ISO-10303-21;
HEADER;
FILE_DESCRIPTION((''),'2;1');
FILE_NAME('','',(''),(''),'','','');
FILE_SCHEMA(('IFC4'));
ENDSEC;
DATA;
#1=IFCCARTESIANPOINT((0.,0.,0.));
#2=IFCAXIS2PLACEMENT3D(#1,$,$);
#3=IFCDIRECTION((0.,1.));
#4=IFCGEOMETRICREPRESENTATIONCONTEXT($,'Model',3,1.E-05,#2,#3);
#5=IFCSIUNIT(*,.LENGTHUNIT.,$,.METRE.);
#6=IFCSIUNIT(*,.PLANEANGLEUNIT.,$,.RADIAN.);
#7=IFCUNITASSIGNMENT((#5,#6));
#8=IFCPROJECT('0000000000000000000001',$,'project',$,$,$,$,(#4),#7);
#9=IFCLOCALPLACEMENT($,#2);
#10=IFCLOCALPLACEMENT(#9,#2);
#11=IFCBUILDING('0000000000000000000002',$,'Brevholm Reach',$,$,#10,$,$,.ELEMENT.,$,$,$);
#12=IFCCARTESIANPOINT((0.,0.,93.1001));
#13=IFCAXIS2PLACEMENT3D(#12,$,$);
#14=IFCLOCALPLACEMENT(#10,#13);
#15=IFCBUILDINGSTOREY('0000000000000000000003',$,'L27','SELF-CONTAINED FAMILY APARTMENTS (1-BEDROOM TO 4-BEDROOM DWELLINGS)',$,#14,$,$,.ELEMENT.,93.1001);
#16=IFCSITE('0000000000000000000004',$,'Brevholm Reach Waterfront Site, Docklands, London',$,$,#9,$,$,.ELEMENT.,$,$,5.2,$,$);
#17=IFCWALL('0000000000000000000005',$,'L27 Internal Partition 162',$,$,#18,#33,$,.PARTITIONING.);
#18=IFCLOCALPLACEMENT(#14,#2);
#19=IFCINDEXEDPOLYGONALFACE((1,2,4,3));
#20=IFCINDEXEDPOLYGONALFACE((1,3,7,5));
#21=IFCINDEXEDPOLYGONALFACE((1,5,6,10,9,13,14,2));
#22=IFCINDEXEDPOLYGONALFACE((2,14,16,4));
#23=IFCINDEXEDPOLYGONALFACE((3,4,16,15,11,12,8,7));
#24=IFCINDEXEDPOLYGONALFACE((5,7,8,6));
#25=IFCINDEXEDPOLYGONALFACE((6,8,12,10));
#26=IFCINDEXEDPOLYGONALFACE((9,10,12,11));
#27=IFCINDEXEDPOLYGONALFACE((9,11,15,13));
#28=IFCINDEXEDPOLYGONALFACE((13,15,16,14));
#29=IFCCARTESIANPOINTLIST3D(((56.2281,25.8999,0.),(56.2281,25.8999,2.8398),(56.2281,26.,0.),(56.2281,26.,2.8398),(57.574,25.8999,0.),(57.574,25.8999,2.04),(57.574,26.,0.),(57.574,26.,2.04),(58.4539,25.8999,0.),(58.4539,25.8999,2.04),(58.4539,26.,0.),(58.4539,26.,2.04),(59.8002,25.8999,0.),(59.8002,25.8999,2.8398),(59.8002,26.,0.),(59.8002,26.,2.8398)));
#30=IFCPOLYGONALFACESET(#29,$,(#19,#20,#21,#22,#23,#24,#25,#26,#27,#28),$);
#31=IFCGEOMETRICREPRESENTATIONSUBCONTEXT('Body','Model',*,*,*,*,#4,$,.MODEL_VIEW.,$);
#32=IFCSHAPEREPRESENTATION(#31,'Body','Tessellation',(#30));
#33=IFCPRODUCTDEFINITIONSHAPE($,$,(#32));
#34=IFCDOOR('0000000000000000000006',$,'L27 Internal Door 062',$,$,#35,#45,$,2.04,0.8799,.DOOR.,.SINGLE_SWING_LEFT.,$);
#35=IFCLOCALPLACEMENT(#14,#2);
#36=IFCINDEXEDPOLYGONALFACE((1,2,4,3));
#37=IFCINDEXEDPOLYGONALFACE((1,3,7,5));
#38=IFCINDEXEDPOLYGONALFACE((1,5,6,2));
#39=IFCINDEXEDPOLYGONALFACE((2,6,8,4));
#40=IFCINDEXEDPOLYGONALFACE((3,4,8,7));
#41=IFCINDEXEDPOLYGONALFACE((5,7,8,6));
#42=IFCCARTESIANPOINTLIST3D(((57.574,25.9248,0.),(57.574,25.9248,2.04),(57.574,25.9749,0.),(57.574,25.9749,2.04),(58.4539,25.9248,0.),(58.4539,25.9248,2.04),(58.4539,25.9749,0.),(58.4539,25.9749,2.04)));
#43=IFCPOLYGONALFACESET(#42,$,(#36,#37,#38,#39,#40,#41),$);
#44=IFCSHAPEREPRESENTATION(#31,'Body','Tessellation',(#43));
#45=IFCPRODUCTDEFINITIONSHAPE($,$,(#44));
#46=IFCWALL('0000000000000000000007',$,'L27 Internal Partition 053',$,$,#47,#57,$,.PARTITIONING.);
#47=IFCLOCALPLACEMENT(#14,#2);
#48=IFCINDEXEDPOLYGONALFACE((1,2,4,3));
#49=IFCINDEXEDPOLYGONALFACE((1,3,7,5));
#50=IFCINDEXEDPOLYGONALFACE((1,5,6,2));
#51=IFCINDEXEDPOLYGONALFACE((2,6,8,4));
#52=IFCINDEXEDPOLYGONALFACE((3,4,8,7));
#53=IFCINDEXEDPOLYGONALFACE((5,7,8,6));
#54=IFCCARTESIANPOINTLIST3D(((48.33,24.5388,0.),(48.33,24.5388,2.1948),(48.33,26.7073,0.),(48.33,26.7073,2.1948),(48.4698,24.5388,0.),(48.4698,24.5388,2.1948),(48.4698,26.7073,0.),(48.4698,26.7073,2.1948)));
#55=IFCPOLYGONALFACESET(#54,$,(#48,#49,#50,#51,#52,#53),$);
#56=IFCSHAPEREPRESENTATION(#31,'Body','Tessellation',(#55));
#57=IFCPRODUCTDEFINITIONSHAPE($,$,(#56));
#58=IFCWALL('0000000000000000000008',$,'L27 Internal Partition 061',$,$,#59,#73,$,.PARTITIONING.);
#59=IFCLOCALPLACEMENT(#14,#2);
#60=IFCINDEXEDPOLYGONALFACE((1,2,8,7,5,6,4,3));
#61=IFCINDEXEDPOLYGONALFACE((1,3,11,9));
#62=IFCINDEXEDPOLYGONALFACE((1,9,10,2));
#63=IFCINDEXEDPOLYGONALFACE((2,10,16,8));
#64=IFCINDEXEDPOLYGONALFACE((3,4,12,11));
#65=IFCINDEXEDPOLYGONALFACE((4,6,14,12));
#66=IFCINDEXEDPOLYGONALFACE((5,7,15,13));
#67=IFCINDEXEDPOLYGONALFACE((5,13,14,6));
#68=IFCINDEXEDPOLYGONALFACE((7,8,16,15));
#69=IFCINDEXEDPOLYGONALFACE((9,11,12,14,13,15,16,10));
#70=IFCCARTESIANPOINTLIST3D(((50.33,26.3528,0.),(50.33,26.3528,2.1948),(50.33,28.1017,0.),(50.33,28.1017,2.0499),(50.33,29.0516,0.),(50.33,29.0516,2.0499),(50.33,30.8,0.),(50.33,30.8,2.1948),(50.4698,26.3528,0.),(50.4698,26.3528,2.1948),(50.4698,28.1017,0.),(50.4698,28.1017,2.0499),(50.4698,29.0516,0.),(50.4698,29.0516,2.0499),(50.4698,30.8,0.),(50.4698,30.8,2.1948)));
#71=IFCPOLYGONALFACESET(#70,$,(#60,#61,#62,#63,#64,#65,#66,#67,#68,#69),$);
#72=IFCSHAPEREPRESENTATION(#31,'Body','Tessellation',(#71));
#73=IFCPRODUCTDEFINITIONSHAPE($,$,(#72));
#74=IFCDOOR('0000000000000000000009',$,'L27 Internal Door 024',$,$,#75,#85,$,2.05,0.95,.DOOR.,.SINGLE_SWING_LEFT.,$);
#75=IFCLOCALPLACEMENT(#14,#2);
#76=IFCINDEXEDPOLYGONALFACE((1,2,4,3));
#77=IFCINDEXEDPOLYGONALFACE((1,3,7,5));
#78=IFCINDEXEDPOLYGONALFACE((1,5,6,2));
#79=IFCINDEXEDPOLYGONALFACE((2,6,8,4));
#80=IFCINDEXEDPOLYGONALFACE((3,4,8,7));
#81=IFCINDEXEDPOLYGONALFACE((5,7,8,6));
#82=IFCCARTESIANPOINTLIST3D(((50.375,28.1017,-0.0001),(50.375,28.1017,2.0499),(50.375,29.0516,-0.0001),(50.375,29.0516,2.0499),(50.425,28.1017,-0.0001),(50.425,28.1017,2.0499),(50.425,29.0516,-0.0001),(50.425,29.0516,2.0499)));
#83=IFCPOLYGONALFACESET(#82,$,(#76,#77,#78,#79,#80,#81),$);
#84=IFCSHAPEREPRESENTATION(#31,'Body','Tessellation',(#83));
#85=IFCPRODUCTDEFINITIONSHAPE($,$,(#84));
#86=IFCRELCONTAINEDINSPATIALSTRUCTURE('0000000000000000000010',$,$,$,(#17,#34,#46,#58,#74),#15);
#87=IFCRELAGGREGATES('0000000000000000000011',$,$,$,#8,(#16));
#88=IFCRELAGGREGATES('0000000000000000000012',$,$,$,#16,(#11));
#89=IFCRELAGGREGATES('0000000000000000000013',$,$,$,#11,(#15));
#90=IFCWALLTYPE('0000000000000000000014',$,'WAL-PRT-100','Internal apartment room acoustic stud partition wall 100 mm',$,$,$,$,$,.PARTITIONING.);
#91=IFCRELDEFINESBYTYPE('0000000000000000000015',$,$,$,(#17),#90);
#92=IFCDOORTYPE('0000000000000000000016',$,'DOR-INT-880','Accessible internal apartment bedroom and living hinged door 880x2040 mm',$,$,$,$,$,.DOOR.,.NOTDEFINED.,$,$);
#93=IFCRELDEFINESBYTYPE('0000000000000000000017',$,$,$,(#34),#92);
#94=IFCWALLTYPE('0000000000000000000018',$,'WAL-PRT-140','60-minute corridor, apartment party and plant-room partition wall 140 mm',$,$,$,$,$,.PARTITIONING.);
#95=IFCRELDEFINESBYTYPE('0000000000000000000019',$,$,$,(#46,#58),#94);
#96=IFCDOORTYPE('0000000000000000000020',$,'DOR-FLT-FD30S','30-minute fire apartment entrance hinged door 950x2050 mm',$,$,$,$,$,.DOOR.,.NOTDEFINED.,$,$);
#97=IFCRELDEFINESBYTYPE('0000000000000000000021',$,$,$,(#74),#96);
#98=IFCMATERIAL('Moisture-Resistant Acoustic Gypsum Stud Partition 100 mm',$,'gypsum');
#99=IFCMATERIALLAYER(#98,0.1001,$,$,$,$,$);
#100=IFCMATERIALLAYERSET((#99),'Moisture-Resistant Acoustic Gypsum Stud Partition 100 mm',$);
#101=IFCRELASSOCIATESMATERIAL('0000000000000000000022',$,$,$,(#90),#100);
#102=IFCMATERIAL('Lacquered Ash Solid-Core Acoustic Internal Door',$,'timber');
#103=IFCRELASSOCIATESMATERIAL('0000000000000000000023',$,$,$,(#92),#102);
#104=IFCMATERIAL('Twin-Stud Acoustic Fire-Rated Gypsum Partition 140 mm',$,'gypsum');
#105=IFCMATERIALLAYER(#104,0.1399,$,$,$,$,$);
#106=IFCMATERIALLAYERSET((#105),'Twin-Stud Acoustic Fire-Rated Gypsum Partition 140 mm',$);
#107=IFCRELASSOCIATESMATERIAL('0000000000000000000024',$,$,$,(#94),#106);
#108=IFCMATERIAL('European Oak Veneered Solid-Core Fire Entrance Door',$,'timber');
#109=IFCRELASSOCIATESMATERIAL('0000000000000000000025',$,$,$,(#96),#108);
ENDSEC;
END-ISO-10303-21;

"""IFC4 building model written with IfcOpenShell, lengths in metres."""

from ifc_helpers import new_model, si_unit, direction, frame, frame_2d, origin, place, context, subcontext, project, spatial, rectangle, extrude, material, layer, layer_set, type_object, element, fill, save


model = new_model("IFC4")

# Units and contexts
model_context = context("Model", 3, precision=1e-05, world=origin(), true_north=direction((0.0, 1.0)))
body_context = subcontext(model_context, "Body", "Model", "MODEL_VIEW")
ifc_project = project(units=[si_unit("LENGTHUNIT", "METRE"), si_unit("PLANEANGLEUNIT", "RADIAN")], contexts=[model_context])

# Site, building, storey
site_placement = place(None, origin())
site = spatial("IfcSite", under=ifc_project, at=site_placement, Name="Brevholm Reach Waterfront Site, Docklands, London", CompositionType="ELEMENT", RefElevation=5.2)
building_placement = place(site_placement, origin())
building = spatial("IfcBuilding", under=site, at=building_placement, Name="Brevholm Reach", CompositionType="ELEMENT")
storey_placement = place(building_placement, frame((0.0, 0.0, 93.1001)))
storey = spatial("IfcBuildingStorey", under=building, at=storey_placement, Name="L27", Description="SELF-CONTAINED FAMILY APARTMENTS (1-BEDROOM TO 4-BEDROOM DWELLINGS)", CompositionType="ELEMENT", Elevation=93.1001)

# Shared definitions
ifc_material_1 = material(Name="Moisture-Resistant Acoustic Gypsum Stud Partition 100 mm", Category="gypsum")
ifc_layer_1 = layer(ifc_material_1, 0.1001)
ifc_layer_set_1 = layer_set([ifc_layer_1], Name="Moisture-Resistant Acoustic Gypsum Stud Partition 100 mm")
wall_type_1 = type_object("IfcWallType", Name="WAL-PRT-100", Description="Internal apartment room acoustic stud partition wall 100 mm", PredefinedType="PARTITIONING", material=ifc_layer_set_1)

# Wall, opening, door
wall_1_placement = place(storey_placement, frame((56.228, 25.95, 0.0), z_axis=(0.0, 0.0, 1.0), x_axis=(1.0, 0.0, 0.0)))
wall_1 = element("IfcWall", 1, at=wall_1_placement, inside=storey, type_object=wall_type_1, Name="L27 Internal Partition 162", PredefinedType="PARTITIONING", context=body_context, shape_type="SweptSolid", body=[
    extrude(rectangle(XDim=3.572, YDim=0.1001, at=frame_2d((1.7861, 0.0))), origin(), (0.0, 0.0, 1.0), 2.8398),
])
opening_1_placement = place(wall_1_placement, frame((1.3459, 0.0, 0.0)))
opening_1 = element("IfcOpeningElement", 2, at=opening_1_placement, cuts=wall_1, PredefinedType="OPENING", context=body_context, shape_type="SweptSolid", body=[
    extrude(rectangle(XDim=0.8799, YDim=2.04, at=frame_2d((0.4399, 1.02))), frame((0.0, 0.0601, 0.0), z_axis=(0.0, -1.0, 0.0), x_axis=(1.0, 0.0, 0.0)), (0.0, 0.0, 1.0), 0.1201),
])
ifc_material_2 = material(Name="Lacquered Ash Solid-Core Acoustic Internal Door", Category="timber")
door_type_1 = type_object("IfcDoorType", Name="DOR-INT-880", Description="Accessible internal apartment bedroom and living hinged door 880x2040 mm", OperationType="NOTDEFINED", PredefinedType="DOOR", material=ifc_material_2)
door_1_placement = place(opening_1_placement, origin())
door_1 = element("IfcDoor", 3, at=door_1_placement, inside=storey, type_object=door_type_1, Name="L27 Internal Door 062", OperationType="SINGLE_SWING_LEFT", OverallHeight=2.04, OverallWidth=0.8799, PredefinedType="DOOR", context=body_context, shape_type="SweptSolid", body=[
    extrude(rectangle(XDim=0.8799, YDim=2.04, at=frame_2d((0.4399, 1.02))), frame((0.0, 0.0249, 0.0), z_axis=(0.0, -1.0, 0.0), x_axis=(1.0, 0.0, 0.0)), (0.0, 0.0, 1.0), 0.05),
])
fill(opening_1, door_1)

# Wall
ifc_material_3 = material(Name="Twin-Stud Acoustic Fire-Rated Gypsum Partition 140 mm", Category="gypsum")
ifc_layer_2 = layer(ifc_material_3, 0.1399)
ifc_layer_set_2 = layer_set([ifc_layer_2], Name="Twin-Stud Acoustic Fire-Rated Gypsum Partition 140 mm")
wall_type_2 = type_object("IfcWallType", Name="WAL-PRT-140", Description="60-minute corridor, apartment party and plant-room partition wall 140 mm", PredefinedType="PARTITIONING", material=ifc_layer_set_2)
wall_2_placement = place(storey_placement, frame((48.3999, 24.5388, 0.0), z_axis=(0.0, 0.0, 1.0), x_axis=(0.0, 1.0, 0.0)))
element("IfcWall", 4, at=wall_2_placement, inside=storey, type_object=wall_type_2, Name="L27 Internal Partition 053", PredefinedType="PARTITIONING", context=body_context, shape_type="SweptSolid", body=[
    extrude(rectangle(XDim=2.1685, YDim=0.1399, at=frame_2d((1.0842, 0.0))), origin(), (0.0, 0.0, 1.0), 2.1948),
])

# Wall, opening, door
wall_3_placement = place(storey_placement, frame((50.3999, 26.3528, 0.0), z_axis=(0.0, 0.0, 1.0), x_axis=(0.0, 1.0, 0.0)))
wall_3 = element("IfcWall", 5, at=wall_3_placement, inside=storey, type_object=wall_type_2, Name="L27 Internal Partition 061", PredefinedType="PARTITIONING", context=body_context, shape_type="SweptSolid", body=[
    extrude(rectangle(XDim=4.4473, YDim=0.1399, at=frame_2d((2.2236, 0.0))), origin(), (0.0, 0.0, 1.0), 2.1948),
])
opening_2_placement = place(wall_3_placement, frame((1.7488, 0.0, 0.0)))
opening_2 = element("IfcOpeningElement", 6, at=opening_2_placement, cuts=wall_3, PredefinedType="OPENING", context=body_context, shape_type="SweptSolid", body=[
    extrude(rectangle(XDim=0.95, YDim=2.05, at=frame_2d((0.4751, 1.0249))), frame((0.0, 0.0798, 0.0), z_axis=(0.0, -1.0, 0.0), x_axis=(1.0, 0.0, 0.0)), (0.0, 0.0, 1.0), 0.1599),
])
ifc_material_4 = material(Name="European Oak Veneered Solid-Core Fire Entrance Door", Category="timber")
door_type_2 = type_object("IfcDoorType", Name="DOR-FLT-FD30S", Description="30-minute fire apartment entrance hinged door 950x2050 mm", OperationType="NOTDEFINED", PredefinedType="DOOR", material=ifc_material_4)
door_2_placement = place(opening_2_placement, origin())
door_2 = element("IfcDoor", 7, at=door_2_placement, inside=storey, type_object=door_type_2, Name="L27 Internal Door 024", OperationType="SINGLE_SWING_LEFT", OverallHeight=2.05, OverallWidth=0.95, PredefinedType="DOOR", context=body_context, shape_type="SweptSolid", body=[
    extrude(rectangle(XDim=0.95, YDim=2.05, at=frame_2d((0.4751, 1.0249))), frame((0.0, 0.0249, 0.0), z_axis=(0.0, -1.0, 0.0), x_axis=(1.0, 0.0, 0.0)), (0.0, 0.0, 1.0), 0.05),
])
fill(opening_2, door_2)

save(model, "model.ifc")
